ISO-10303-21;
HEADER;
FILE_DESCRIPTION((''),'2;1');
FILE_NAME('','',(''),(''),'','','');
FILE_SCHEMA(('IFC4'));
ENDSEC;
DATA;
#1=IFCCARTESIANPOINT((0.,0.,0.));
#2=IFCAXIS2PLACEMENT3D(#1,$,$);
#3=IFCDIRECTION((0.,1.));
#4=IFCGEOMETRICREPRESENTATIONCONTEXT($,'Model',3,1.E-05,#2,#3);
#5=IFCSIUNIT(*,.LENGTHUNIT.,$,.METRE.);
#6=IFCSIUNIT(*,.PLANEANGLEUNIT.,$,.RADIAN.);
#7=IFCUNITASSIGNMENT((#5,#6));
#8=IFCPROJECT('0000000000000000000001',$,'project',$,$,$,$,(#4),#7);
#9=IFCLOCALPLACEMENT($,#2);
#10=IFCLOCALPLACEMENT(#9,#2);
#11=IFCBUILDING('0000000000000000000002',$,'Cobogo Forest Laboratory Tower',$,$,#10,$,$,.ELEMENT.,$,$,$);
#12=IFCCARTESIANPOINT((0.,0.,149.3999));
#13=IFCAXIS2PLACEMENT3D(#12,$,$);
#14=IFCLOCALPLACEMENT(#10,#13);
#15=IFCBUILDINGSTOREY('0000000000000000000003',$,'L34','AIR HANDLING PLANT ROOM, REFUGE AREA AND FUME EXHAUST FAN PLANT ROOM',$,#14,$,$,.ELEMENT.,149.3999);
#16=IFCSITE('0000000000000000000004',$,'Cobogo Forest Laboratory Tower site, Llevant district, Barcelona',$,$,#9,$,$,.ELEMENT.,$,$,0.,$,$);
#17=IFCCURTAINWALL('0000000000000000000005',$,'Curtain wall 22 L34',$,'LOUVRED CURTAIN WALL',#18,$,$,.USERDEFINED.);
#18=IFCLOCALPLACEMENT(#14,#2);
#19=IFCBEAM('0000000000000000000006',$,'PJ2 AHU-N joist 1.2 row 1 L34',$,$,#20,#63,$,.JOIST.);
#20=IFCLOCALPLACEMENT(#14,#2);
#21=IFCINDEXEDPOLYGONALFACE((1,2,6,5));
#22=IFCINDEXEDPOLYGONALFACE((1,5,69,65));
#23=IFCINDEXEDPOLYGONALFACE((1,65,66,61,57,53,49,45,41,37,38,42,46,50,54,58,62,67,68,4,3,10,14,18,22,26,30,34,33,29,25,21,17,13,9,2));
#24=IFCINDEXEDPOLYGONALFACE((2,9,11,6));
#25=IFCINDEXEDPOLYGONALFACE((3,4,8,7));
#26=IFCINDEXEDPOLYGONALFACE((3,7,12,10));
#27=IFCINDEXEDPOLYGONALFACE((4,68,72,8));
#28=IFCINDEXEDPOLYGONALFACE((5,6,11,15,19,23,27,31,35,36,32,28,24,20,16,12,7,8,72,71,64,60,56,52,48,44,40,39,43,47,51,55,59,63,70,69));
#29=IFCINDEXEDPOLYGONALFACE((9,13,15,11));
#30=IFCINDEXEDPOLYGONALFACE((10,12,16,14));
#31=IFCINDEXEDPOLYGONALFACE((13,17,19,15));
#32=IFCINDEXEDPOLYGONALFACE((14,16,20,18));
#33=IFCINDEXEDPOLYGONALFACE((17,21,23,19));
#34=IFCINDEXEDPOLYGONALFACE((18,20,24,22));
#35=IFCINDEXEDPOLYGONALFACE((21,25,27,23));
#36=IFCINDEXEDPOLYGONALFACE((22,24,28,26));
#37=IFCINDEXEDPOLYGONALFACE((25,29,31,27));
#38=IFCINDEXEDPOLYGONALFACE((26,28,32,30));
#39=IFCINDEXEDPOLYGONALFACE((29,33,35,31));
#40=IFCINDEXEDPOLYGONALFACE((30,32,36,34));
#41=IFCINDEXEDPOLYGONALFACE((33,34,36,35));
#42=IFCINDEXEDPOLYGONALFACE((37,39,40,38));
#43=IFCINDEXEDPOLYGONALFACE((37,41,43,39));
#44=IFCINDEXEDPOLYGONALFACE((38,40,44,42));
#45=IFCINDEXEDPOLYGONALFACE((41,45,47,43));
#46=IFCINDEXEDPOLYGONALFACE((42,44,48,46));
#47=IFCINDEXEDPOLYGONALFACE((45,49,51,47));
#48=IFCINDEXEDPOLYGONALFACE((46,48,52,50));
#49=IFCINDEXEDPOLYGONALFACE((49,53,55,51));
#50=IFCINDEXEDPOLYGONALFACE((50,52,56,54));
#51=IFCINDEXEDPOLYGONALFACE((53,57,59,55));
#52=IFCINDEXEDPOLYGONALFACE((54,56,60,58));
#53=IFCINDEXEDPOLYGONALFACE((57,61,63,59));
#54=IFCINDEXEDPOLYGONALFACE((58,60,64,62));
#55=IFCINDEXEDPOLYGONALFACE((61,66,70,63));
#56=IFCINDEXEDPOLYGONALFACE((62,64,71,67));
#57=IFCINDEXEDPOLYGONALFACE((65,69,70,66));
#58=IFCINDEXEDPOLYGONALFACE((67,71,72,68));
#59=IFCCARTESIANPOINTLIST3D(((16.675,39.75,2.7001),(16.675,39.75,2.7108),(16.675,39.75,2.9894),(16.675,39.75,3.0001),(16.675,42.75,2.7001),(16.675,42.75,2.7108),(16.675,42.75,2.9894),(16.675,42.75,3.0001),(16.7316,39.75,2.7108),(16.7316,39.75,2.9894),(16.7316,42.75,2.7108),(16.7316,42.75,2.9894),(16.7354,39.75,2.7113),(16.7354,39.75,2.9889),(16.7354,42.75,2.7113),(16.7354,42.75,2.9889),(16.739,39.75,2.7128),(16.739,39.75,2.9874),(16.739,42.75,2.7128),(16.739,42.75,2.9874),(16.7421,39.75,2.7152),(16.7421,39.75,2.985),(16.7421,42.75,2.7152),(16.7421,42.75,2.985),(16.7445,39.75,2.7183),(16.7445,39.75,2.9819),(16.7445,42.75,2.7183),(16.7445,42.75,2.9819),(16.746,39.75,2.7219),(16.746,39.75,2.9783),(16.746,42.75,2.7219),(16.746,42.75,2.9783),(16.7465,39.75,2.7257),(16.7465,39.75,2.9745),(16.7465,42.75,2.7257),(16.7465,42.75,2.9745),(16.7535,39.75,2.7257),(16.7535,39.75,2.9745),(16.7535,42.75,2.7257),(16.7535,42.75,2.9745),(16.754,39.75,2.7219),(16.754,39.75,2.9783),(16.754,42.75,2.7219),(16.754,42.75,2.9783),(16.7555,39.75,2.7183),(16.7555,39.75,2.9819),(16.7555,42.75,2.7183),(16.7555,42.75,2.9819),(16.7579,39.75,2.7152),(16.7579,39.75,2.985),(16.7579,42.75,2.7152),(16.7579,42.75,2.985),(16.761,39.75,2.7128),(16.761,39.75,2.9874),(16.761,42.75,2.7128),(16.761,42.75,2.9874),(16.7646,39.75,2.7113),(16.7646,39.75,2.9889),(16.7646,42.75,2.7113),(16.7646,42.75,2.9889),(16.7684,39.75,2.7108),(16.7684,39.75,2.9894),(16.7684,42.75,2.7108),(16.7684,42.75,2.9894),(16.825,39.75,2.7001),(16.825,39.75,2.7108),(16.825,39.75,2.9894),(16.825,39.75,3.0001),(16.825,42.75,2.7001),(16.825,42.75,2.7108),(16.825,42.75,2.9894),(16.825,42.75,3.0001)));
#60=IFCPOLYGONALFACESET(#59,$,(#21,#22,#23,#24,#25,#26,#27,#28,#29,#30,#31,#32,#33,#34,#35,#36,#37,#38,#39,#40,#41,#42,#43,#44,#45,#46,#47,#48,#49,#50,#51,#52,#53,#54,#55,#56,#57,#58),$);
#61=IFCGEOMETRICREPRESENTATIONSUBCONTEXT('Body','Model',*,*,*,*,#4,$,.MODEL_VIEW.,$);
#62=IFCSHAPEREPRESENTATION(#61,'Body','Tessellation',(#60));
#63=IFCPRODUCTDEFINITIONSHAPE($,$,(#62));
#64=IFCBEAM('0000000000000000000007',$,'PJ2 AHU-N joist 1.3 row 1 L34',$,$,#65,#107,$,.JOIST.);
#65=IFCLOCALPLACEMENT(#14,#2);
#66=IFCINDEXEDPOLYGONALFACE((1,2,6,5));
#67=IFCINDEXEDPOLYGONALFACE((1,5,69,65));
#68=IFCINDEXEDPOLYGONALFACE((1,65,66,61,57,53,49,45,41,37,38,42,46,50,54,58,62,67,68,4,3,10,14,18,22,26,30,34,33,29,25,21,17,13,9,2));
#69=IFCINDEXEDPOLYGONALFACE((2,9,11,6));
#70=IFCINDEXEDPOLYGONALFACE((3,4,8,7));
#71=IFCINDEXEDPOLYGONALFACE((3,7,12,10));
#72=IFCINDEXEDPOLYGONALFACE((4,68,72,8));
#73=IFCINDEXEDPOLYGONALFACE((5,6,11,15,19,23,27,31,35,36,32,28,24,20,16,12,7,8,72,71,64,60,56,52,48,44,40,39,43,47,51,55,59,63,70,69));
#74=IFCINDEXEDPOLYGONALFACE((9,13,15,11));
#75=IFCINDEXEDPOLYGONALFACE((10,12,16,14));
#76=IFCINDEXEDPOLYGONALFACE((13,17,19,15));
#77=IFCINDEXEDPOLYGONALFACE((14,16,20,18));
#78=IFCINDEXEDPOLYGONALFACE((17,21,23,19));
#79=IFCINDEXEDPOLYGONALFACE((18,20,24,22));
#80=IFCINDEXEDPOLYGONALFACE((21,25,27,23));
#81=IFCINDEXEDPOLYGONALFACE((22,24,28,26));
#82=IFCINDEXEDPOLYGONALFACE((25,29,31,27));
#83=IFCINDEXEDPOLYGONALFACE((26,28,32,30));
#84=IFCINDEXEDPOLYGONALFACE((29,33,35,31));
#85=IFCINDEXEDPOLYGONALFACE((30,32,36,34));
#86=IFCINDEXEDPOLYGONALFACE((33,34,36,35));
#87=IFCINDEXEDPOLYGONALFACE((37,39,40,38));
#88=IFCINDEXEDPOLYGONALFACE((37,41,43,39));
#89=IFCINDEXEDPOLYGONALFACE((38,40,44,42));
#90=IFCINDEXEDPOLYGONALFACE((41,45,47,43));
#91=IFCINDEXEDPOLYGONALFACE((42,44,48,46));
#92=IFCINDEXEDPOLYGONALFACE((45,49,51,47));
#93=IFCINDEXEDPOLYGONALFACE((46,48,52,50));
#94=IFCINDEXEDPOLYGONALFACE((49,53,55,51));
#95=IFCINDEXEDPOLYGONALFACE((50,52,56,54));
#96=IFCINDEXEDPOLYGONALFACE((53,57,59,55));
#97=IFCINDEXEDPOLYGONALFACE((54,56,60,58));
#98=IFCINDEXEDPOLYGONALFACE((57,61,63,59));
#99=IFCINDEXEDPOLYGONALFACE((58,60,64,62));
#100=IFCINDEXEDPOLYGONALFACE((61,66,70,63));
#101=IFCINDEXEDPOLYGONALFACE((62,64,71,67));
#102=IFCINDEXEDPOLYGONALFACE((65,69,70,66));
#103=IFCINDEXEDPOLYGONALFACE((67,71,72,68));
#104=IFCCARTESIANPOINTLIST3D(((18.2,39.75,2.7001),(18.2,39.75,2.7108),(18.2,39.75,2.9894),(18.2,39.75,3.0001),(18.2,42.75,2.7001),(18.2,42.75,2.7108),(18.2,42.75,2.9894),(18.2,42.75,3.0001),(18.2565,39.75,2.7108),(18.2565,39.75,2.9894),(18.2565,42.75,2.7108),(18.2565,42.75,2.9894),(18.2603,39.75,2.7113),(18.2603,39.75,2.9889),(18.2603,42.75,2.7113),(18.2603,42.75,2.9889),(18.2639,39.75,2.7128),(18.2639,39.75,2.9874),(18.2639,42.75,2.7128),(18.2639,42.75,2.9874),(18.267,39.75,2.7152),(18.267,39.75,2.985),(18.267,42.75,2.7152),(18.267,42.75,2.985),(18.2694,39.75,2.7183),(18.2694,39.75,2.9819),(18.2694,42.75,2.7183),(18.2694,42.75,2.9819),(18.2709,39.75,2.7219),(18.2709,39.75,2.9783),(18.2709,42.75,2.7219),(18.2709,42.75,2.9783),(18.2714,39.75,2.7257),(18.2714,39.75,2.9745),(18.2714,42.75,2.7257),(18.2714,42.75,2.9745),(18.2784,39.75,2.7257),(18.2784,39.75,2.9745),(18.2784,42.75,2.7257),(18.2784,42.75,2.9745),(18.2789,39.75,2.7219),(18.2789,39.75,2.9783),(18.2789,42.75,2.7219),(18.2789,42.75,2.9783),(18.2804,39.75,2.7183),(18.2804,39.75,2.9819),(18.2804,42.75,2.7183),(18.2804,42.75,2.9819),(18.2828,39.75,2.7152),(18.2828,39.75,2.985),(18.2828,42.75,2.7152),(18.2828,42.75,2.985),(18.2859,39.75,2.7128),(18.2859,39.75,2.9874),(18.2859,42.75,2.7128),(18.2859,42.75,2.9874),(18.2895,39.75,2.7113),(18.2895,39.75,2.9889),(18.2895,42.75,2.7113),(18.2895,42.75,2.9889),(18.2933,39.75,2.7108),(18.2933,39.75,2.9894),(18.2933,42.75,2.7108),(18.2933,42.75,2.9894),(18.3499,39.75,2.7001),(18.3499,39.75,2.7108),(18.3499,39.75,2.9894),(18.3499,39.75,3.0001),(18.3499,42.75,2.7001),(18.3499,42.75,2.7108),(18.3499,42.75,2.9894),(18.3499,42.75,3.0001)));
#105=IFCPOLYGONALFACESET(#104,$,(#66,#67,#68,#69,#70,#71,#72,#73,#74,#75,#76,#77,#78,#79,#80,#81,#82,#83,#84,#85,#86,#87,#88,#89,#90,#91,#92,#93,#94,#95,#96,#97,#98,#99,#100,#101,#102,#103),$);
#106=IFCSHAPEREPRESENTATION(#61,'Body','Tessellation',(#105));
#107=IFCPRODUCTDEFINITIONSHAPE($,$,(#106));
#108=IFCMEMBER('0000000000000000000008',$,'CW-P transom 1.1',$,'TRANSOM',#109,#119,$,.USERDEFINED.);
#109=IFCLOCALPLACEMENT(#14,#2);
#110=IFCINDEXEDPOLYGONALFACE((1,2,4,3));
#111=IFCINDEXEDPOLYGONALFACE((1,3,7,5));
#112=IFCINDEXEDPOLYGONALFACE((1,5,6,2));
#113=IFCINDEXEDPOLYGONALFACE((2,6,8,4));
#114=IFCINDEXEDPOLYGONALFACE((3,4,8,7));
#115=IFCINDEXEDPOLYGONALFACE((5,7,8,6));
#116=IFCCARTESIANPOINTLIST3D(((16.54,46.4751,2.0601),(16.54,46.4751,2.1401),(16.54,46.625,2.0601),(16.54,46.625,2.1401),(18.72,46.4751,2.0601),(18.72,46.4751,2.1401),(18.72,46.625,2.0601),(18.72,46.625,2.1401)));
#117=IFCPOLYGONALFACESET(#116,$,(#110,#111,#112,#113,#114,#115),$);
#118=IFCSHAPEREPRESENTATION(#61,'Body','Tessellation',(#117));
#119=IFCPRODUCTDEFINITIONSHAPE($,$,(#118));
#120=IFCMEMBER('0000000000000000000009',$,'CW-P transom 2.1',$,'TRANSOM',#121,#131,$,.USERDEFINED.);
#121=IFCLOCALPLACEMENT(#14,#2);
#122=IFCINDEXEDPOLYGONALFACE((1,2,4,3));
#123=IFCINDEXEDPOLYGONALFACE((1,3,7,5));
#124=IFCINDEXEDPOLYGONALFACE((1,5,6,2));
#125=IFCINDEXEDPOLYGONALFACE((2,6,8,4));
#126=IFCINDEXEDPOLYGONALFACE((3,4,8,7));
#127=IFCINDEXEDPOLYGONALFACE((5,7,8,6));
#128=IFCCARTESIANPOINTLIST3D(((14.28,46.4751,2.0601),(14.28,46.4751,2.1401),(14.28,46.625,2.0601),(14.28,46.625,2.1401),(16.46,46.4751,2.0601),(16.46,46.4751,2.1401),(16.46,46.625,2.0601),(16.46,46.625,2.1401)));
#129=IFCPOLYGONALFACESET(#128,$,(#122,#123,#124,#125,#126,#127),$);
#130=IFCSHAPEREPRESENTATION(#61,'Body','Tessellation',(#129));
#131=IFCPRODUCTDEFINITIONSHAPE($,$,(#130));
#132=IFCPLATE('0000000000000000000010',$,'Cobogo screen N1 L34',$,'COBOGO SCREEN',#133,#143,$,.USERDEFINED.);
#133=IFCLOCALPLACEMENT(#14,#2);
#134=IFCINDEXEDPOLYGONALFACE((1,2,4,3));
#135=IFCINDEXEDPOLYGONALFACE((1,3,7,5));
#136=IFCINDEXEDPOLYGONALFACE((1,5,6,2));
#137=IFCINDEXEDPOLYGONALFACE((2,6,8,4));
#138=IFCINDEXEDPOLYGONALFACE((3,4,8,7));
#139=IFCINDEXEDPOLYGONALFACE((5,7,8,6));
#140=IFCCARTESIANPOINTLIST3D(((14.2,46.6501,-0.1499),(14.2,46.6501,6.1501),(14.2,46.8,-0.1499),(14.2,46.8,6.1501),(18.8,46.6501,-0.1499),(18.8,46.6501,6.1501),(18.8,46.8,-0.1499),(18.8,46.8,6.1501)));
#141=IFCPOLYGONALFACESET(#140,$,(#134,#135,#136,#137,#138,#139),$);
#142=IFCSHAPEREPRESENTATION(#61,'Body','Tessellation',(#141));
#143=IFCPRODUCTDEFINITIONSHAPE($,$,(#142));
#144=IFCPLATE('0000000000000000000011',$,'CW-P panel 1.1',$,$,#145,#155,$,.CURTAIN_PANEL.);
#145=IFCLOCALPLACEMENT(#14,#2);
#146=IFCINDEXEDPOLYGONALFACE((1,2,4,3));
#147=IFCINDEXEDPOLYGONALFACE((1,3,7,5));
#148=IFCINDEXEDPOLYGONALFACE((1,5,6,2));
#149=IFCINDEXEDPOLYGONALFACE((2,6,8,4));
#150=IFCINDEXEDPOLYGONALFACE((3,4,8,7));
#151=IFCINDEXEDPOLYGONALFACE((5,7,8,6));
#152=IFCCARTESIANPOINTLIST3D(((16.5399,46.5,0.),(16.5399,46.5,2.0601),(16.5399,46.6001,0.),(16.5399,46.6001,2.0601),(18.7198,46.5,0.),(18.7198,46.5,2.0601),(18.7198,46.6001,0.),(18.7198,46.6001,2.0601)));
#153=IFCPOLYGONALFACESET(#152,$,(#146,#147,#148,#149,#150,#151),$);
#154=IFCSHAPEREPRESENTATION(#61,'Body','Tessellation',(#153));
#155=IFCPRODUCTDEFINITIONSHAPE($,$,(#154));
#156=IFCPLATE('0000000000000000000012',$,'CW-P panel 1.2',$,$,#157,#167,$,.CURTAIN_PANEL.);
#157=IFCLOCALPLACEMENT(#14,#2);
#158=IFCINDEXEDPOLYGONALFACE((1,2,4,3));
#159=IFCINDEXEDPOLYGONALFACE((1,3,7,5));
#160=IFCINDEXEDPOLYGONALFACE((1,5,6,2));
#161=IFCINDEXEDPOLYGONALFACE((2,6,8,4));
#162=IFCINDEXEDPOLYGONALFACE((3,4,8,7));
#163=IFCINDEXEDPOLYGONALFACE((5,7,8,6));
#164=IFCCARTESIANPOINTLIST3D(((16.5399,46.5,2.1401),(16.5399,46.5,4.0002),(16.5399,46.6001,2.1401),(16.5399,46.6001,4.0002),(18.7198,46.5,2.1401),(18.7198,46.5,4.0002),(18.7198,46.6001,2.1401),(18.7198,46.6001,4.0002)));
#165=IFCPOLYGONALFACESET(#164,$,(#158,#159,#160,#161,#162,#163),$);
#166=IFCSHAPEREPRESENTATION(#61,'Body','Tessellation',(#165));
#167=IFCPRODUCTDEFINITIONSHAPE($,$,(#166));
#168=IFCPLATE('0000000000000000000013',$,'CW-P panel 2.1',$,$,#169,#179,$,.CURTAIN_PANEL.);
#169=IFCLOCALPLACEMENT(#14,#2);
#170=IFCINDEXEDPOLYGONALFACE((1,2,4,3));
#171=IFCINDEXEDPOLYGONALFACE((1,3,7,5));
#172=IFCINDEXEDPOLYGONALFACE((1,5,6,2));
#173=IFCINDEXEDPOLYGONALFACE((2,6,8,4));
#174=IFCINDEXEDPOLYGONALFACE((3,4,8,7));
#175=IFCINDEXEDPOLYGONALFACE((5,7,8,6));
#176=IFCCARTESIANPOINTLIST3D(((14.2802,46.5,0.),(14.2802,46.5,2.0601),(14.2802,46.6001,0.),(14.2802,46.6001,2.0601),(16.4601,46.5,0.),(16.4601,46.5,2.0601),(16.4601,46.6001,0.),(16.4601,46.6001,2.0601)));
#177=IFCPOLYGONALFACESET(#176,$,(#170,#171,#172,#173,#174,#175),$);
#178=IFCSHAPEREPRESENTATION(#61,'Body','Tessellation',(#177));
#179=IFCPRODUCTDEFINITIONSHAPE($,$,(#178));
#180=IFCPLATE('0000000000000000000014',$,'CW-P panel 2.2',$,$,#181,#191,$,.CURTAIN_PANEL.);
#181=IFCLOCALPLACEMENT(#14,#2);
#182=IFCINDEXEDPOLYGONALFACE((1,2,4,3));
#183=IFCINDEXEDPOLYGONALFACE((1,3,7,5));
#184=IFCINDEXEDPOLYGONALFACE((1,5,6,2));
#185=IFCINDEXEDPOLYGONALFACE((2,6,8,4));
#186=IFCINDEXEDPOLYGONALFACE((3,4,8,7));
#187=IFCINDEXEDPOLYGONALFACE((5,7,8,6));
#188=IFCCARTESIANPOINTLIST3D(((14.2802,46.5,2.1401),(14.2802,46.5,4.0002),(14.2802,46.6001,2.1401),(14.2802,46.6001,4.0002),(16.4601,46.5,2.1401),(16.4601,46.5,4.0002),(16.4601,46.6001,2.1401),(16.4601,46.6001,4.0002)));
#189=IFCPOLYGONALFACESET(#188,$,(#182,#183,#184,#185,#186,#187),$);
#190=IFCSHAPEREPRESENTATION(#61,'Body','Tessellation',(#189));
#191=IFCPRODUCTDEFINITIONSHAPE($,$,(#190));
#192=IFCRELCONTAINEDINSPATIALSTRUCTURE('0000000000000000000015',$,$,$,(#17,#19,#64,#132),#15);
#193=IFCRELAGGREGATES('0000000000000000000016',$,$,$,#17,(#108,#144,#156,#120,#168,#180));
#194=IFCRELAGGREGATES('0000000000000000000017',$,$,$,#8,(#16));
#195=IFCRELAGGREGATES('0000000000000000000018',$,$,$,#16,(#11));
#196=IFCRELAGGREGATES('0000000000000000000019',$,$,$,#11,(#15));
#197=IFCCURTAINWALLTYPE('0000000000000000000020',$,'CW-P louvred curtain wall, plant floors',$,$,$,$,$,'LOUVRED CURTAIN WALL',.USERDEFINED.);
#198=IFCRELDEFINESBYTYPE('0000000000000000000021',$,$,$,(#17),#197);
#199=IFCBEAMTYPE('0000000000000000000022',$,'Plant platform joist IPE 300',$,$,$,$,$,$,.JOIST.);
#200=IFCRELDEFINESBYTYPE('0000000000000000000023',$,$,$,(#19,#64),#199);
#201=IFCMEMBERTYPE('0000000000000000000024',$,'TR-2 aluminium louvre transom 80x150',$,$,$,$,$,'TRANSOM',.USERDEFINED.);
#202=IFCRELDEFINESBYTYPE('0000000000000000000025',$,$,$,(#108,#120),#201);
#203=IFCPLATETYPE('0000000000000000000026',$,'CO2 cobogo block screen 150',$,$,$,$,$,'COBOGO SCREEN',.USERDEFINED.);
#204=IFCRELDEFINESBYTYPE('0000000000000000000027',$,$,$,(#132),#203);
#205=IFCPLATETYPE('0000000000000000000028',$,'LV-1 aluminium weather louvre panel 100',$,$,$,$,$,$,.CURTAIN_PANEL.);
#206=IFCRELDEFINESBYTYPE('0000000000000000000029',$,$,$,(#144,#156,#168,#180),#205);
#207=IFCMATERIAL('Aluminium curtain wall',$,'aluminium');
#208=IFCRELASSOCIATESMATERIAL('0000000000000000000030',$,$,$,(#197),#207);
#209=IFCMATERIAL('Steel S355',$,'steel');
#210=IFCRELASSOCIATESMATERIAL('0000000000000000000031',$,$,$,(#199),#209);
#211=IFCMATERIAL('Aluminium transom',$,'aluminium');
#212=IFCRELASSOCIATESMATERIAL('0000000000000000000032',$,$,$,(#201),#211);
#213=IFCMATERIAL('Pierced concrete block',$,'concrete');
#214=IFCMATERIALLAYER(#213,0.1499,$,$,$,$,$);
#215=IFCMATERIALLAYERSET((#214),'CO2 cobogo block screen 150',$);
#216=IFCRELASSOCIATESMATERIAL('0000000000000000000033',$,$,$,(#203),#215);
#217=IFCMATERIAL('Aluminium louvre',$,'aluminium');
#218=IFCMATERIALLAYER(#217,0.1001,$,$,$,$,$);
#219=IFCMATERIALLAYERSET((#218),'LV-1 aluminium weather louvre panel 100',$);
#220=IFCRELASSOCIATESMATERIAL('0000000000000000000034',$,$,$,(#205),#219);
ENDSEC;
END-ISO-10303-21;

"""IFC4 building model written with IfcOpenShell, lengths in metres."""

from ifc_helpers import new_model, si_unit, direction, frame, origin, origin_2d, place, context, subcontext, project, spatial, rectangle, i_section, extrude, material, layer, layer_set, material_profile, profile_set, type_object, element, aggregate, save


model = new_model("IFC4")

# Units and contexts
model_context = context("Model", 3, precision=1e-05, world=origin(), true_north=direction((0.0, 1.0)))
body_context = subcontext(model_context, "Body", "Model", "MODEL_VIEW")
ifc_project = project(units=[si_unit("LENGTHUNIT", "METRE"), si_unit("PLANEANGLEUNIT", "RADIAN")], contexts=[model_context])

# Site, building, storey
site_placement = place(None, origin())
site = spatial("IfcSite", under=ifc_project, at=site_placement, Name="Cobogo Forest Laboratory Tower site, Llevant district, Barcelona", CompositionType="ELEMENT", RefElevation=0.0)
building_placement = place(site_placement, origin())
building = spatial("IfcBuilding", under=site, at=building_placement, Name="Cobogo Forest Laboratory Tower", CompositionType="ELEMENT")
storey_placement = place(building_placement, frame((0.0, 0.0, 149.3999)))
storey = spatial("IfcBuildingStorey", under=building, at=storey_placement, Name="L34", Description="AIR HANDLING PLANT ROOM, REFUGE AREA AND FUME EXHAUST FAN PLANT ROOM", CompositionType="ELEMENT", Elevation=149.3999)

# Curtain wall
ifc_material_1 = material(Name="Aluminium curtain wall", Category="aluminium")
curtain_wall_type = type_object("IfcCurtainWallType", Name="CW-P louvred curtain wall, plant floors", ElementType="LOUVRED CURTAIN WALL", PredefinedType="USERDEFINED", material=ifc_material_1)
curtain_wall_placement = place(storey_placement, origin())
curtain_wall = element("IfcCurtainWall", 1, at=curtain_wall_placement, inside=storey, type_object=curtain_wall_type, Name="Curtain wall 22 L34", ObjectType="LOUVRED CURTAIN WALL", PredefinedType="USERDEFINED")

# Beams
ifc_material_2 = material(Name="Steel S355", Category="steel")
ifc_material_profile_1 = material_profile(ifc_material_2, i_section(OverallWidth=0.1499, OverallDepth=0.3, WebThickness=0.0071, FlangeThickness=0.0107, FilletRadius=0.0149, at=origin_2d()), Name="IPE 300")
ifc_profile_set_1 = profile_set([ifc_material_profile_1], Name="Steel S355")
beam_type_1 = type_object("IfcBeamType", Name="Plant platform joist IPE 300", PredefinedType="JOIST", material=ifc_profile_set_1)
for number, where, z_axis, x_axis, name in (
    (2, (16.75, 42.75, 2.8501), (0.0, -1.0, 0.0), (1.0, 0.0, 0.0), "PJ2 AHU-N joist 1.2 row 1 L34"),
    (3, (18.2749, 42.75, 2.8501), (0.0, -1.0, 0.0), (1.0, 0.0, 0.0), "PJ2 AHU-N joist 1.3 row 1 L34"),
):
    element("IfcBeam", number, at=place(storey_placement, frame(where, z_axis=z_axis, x_axis=x_axis)), inside=storey, type_object=beam_type_1, Name=name, PredefinedType="JOIST", context=body_context, shape_type="SweptSolid", body=[
        extrude(i_section(OverallWidth=0.1499, OverallDepth=0.3, WebThickness=0.0071, FlangeThickness=0.0107, FilletRadius=0.0149, at=origin_2d()), origin(), (0.0, 0.0, 1.0), 3.0),
    ])

# Members
ifc_material_3 = material(Name="Aluminium transom", Category="aluminium")
ifc_material_profile_2 = material_profile(ifc_material_3, rectangle(XDim=0.1499, YDim=0.0801, at=origin_2d()), Name="AL 80x150")
ifc_profile_set_2 = profile_set([ifc_material_profile_2], Name="Aluminium transom")
member_type_1 = type_object("IfcMemberType", Name="TR-2 aluminium louvre transom 80x150", ElementType="TRANSOM", PredefinedType="USERDEFINED", material=ifc_profile_set_2)
member_1_placement = place(storey_placement, frame((18.72, 46.55, 2.1001), z_axis=(-1.0, 0.0, 0.0), x_axis=(0.0, -1.0, 0.0)))
member_1 = element("IfcMember", 4, at=member_1_placement, type_object=member_type_1, Name="CW-P transom 1.1", ObjectType="TRANSOM", PredefinedType="USERDEFINED", context=body_context, shape_type="SweptSolid", body=[
    extrude(rectangle(XDim=0.1499, YDim=0.0801, at=origin_2d()), origin(), (0.0, 0.0, 1.0), 2.1799),
])
member_2_placement = place(storey_placement, frame((16.46, 46.55, 2.1001), z_axis=(-1.0, 0.0, 0.0), x_axis=(0.0, -1.0, 0.0)))
member_2 = element("IfcMember", 5, at=member_2_placement, type_object=member_type_1, Name="CW-P transom 2.1", ObjectType="TRANSOM", PredefinedType="USERDEFINED", context=body_context, shape_type="SweptSolid", body=[
    extrude(rectangle(XDim=0.1499, YDim=0.0801, at=origin_2d()), origin(), (0.0, 0.0, 1.0), 2.1799),
])

# Plates
ifc_material_4 = material(Name="Pierced concrete block", Category="concrete")
ifc_layer_1 = layer(ifc_material_4, 0.1499)
ifc_layer_set_1 = layer_set([ifc_layer_1], Name="CO2 cobogo block screen 150")
plate_type_1 = type_object("IfcPlateType", Name="CO2 cobogo block screen 150", ElementType="COBOGO SCREEN", PredefinedType="USERDEFINED", material=ifc_layer_set_1)
plate_1_placement = place(storey_placement, frame((16.5, 46.7251, -0.1499), z_axis=(0.0, 0.0, 1.0), x_axis=(1.0, 0.0, 0.0)))
element("IfcPlate", 6, at=plate_1_placement, inside=storey, type_object=plate_type_1, Name="Cobogo screen N1 L34", ObjectType="COBOGO SCREEN", PredefinedType="USERDEFINED", context=body_context, shape_type="SweptSolid", body=[
    extrude(rectangle(XDim=4.6001, YDim=0.1499, at=origin_2d()), origin(), (0.0, 0.0, 1.0), 6.3),
])
ifc_material_5 = material(Name="Aluminium louvre", Category="aluminium")
ifc_layer_2 = layer(ifc_material_5, 0.1001)
ifc_layer_set_2 = layer_set([ifc_layer_2], Name="LV-1 aluminium weather louvre panel 100")
plate_type_2 = type_object("IfcPlateType", Name="LV-1 aluminium weather louvre panel 100", PredefinedType="CURTAIN_PANEL", material=ifc_layer_set_2)
plate_2_placement = place(storey_placement, frame((17.6299, 46.55, 0.0), z_axis=(0.0, 0.0, 1.0), x_axis=(-1.0, 0.0, 0.0)))
plate_2 = element("IfcPlate", 7, at=plate_2_placement, type_object=plate_type_2, Name="CW-P panel 1.1", PredefinedType="CURTAIN_PANEL", context=body_context, shape_type="SweptSolid", body=[
    extrude(rectangle(XDim=2.1799, YDim=0.1001, at=origin_2d()), origin(), (0.0, 0.0, 1.0), 2.0601),
])
plate_3_placement = place(storey_placement, frame((17.6299, 46.55, 2.1401), z_axis=(0.0, 0.0, 1.0), x_axis=(-1.0, 0.0, 0.0)))
plate_3 = element("IfcPlate", 8, at=plate_3_placement, type_object=plate_type_2, Name="CW-P panel 1.2", PredefinedType="CURTAIN_PANEL", context=body_context, shape_type="SweptSolid", body=[
    extrude(rectangle(XDim=2.1799, YDim=0.1001, at=origin_2d()), origin(), (0.0, 0.0, 1.0), 1.8601),
])
plate_4_placement = place(storey_placement, frame((15.3701, 46.55, 0.0), z_axis=(0.0, 0.0, 1.0), x_axis=(-1.0, 0.0, 0.0)))
plate_4 = element("IfcPlate", 9, at=plate_4_placement, type_object=plate_type_2, Name="CW-P panel 2.1", PredefinedType="CURTAIN_PANEL", context=body_context, shape_type="SweptSolid", body=[
    extrude(rectangle(XDim=2.1799, YDim=0.1001, at=origin_2d()), origin(), (0.0, 0.0, 1.0), 2.0601),
])
plate_5_placement = place(storey_placement, frame((15.3701, 46.55, 2.1401), z_axis=(0.0, 0.0, 1.0), x_axis=(-1.0, 0.0, 0.0)))
plate_5 = element("IfcPlate", 10, at=plate_5_placement, type_object=plate_type_2, Name="CW-P panel 2.2", PredefinedType="CURTAIN_PANEL", context=body_context, shape_type="SweptSolid", body=[
    extrude(rectangle(XDim=2.1799, YDim=0.1001, at=origin_2d()), origin(), (0.0, 0.0, 1.0), 1.8601),
])
aggregate(curtain_wall, [member_1, plate_2, plate_3, member_2, plate_4, plate_5])

save(model, "model.ifc")
